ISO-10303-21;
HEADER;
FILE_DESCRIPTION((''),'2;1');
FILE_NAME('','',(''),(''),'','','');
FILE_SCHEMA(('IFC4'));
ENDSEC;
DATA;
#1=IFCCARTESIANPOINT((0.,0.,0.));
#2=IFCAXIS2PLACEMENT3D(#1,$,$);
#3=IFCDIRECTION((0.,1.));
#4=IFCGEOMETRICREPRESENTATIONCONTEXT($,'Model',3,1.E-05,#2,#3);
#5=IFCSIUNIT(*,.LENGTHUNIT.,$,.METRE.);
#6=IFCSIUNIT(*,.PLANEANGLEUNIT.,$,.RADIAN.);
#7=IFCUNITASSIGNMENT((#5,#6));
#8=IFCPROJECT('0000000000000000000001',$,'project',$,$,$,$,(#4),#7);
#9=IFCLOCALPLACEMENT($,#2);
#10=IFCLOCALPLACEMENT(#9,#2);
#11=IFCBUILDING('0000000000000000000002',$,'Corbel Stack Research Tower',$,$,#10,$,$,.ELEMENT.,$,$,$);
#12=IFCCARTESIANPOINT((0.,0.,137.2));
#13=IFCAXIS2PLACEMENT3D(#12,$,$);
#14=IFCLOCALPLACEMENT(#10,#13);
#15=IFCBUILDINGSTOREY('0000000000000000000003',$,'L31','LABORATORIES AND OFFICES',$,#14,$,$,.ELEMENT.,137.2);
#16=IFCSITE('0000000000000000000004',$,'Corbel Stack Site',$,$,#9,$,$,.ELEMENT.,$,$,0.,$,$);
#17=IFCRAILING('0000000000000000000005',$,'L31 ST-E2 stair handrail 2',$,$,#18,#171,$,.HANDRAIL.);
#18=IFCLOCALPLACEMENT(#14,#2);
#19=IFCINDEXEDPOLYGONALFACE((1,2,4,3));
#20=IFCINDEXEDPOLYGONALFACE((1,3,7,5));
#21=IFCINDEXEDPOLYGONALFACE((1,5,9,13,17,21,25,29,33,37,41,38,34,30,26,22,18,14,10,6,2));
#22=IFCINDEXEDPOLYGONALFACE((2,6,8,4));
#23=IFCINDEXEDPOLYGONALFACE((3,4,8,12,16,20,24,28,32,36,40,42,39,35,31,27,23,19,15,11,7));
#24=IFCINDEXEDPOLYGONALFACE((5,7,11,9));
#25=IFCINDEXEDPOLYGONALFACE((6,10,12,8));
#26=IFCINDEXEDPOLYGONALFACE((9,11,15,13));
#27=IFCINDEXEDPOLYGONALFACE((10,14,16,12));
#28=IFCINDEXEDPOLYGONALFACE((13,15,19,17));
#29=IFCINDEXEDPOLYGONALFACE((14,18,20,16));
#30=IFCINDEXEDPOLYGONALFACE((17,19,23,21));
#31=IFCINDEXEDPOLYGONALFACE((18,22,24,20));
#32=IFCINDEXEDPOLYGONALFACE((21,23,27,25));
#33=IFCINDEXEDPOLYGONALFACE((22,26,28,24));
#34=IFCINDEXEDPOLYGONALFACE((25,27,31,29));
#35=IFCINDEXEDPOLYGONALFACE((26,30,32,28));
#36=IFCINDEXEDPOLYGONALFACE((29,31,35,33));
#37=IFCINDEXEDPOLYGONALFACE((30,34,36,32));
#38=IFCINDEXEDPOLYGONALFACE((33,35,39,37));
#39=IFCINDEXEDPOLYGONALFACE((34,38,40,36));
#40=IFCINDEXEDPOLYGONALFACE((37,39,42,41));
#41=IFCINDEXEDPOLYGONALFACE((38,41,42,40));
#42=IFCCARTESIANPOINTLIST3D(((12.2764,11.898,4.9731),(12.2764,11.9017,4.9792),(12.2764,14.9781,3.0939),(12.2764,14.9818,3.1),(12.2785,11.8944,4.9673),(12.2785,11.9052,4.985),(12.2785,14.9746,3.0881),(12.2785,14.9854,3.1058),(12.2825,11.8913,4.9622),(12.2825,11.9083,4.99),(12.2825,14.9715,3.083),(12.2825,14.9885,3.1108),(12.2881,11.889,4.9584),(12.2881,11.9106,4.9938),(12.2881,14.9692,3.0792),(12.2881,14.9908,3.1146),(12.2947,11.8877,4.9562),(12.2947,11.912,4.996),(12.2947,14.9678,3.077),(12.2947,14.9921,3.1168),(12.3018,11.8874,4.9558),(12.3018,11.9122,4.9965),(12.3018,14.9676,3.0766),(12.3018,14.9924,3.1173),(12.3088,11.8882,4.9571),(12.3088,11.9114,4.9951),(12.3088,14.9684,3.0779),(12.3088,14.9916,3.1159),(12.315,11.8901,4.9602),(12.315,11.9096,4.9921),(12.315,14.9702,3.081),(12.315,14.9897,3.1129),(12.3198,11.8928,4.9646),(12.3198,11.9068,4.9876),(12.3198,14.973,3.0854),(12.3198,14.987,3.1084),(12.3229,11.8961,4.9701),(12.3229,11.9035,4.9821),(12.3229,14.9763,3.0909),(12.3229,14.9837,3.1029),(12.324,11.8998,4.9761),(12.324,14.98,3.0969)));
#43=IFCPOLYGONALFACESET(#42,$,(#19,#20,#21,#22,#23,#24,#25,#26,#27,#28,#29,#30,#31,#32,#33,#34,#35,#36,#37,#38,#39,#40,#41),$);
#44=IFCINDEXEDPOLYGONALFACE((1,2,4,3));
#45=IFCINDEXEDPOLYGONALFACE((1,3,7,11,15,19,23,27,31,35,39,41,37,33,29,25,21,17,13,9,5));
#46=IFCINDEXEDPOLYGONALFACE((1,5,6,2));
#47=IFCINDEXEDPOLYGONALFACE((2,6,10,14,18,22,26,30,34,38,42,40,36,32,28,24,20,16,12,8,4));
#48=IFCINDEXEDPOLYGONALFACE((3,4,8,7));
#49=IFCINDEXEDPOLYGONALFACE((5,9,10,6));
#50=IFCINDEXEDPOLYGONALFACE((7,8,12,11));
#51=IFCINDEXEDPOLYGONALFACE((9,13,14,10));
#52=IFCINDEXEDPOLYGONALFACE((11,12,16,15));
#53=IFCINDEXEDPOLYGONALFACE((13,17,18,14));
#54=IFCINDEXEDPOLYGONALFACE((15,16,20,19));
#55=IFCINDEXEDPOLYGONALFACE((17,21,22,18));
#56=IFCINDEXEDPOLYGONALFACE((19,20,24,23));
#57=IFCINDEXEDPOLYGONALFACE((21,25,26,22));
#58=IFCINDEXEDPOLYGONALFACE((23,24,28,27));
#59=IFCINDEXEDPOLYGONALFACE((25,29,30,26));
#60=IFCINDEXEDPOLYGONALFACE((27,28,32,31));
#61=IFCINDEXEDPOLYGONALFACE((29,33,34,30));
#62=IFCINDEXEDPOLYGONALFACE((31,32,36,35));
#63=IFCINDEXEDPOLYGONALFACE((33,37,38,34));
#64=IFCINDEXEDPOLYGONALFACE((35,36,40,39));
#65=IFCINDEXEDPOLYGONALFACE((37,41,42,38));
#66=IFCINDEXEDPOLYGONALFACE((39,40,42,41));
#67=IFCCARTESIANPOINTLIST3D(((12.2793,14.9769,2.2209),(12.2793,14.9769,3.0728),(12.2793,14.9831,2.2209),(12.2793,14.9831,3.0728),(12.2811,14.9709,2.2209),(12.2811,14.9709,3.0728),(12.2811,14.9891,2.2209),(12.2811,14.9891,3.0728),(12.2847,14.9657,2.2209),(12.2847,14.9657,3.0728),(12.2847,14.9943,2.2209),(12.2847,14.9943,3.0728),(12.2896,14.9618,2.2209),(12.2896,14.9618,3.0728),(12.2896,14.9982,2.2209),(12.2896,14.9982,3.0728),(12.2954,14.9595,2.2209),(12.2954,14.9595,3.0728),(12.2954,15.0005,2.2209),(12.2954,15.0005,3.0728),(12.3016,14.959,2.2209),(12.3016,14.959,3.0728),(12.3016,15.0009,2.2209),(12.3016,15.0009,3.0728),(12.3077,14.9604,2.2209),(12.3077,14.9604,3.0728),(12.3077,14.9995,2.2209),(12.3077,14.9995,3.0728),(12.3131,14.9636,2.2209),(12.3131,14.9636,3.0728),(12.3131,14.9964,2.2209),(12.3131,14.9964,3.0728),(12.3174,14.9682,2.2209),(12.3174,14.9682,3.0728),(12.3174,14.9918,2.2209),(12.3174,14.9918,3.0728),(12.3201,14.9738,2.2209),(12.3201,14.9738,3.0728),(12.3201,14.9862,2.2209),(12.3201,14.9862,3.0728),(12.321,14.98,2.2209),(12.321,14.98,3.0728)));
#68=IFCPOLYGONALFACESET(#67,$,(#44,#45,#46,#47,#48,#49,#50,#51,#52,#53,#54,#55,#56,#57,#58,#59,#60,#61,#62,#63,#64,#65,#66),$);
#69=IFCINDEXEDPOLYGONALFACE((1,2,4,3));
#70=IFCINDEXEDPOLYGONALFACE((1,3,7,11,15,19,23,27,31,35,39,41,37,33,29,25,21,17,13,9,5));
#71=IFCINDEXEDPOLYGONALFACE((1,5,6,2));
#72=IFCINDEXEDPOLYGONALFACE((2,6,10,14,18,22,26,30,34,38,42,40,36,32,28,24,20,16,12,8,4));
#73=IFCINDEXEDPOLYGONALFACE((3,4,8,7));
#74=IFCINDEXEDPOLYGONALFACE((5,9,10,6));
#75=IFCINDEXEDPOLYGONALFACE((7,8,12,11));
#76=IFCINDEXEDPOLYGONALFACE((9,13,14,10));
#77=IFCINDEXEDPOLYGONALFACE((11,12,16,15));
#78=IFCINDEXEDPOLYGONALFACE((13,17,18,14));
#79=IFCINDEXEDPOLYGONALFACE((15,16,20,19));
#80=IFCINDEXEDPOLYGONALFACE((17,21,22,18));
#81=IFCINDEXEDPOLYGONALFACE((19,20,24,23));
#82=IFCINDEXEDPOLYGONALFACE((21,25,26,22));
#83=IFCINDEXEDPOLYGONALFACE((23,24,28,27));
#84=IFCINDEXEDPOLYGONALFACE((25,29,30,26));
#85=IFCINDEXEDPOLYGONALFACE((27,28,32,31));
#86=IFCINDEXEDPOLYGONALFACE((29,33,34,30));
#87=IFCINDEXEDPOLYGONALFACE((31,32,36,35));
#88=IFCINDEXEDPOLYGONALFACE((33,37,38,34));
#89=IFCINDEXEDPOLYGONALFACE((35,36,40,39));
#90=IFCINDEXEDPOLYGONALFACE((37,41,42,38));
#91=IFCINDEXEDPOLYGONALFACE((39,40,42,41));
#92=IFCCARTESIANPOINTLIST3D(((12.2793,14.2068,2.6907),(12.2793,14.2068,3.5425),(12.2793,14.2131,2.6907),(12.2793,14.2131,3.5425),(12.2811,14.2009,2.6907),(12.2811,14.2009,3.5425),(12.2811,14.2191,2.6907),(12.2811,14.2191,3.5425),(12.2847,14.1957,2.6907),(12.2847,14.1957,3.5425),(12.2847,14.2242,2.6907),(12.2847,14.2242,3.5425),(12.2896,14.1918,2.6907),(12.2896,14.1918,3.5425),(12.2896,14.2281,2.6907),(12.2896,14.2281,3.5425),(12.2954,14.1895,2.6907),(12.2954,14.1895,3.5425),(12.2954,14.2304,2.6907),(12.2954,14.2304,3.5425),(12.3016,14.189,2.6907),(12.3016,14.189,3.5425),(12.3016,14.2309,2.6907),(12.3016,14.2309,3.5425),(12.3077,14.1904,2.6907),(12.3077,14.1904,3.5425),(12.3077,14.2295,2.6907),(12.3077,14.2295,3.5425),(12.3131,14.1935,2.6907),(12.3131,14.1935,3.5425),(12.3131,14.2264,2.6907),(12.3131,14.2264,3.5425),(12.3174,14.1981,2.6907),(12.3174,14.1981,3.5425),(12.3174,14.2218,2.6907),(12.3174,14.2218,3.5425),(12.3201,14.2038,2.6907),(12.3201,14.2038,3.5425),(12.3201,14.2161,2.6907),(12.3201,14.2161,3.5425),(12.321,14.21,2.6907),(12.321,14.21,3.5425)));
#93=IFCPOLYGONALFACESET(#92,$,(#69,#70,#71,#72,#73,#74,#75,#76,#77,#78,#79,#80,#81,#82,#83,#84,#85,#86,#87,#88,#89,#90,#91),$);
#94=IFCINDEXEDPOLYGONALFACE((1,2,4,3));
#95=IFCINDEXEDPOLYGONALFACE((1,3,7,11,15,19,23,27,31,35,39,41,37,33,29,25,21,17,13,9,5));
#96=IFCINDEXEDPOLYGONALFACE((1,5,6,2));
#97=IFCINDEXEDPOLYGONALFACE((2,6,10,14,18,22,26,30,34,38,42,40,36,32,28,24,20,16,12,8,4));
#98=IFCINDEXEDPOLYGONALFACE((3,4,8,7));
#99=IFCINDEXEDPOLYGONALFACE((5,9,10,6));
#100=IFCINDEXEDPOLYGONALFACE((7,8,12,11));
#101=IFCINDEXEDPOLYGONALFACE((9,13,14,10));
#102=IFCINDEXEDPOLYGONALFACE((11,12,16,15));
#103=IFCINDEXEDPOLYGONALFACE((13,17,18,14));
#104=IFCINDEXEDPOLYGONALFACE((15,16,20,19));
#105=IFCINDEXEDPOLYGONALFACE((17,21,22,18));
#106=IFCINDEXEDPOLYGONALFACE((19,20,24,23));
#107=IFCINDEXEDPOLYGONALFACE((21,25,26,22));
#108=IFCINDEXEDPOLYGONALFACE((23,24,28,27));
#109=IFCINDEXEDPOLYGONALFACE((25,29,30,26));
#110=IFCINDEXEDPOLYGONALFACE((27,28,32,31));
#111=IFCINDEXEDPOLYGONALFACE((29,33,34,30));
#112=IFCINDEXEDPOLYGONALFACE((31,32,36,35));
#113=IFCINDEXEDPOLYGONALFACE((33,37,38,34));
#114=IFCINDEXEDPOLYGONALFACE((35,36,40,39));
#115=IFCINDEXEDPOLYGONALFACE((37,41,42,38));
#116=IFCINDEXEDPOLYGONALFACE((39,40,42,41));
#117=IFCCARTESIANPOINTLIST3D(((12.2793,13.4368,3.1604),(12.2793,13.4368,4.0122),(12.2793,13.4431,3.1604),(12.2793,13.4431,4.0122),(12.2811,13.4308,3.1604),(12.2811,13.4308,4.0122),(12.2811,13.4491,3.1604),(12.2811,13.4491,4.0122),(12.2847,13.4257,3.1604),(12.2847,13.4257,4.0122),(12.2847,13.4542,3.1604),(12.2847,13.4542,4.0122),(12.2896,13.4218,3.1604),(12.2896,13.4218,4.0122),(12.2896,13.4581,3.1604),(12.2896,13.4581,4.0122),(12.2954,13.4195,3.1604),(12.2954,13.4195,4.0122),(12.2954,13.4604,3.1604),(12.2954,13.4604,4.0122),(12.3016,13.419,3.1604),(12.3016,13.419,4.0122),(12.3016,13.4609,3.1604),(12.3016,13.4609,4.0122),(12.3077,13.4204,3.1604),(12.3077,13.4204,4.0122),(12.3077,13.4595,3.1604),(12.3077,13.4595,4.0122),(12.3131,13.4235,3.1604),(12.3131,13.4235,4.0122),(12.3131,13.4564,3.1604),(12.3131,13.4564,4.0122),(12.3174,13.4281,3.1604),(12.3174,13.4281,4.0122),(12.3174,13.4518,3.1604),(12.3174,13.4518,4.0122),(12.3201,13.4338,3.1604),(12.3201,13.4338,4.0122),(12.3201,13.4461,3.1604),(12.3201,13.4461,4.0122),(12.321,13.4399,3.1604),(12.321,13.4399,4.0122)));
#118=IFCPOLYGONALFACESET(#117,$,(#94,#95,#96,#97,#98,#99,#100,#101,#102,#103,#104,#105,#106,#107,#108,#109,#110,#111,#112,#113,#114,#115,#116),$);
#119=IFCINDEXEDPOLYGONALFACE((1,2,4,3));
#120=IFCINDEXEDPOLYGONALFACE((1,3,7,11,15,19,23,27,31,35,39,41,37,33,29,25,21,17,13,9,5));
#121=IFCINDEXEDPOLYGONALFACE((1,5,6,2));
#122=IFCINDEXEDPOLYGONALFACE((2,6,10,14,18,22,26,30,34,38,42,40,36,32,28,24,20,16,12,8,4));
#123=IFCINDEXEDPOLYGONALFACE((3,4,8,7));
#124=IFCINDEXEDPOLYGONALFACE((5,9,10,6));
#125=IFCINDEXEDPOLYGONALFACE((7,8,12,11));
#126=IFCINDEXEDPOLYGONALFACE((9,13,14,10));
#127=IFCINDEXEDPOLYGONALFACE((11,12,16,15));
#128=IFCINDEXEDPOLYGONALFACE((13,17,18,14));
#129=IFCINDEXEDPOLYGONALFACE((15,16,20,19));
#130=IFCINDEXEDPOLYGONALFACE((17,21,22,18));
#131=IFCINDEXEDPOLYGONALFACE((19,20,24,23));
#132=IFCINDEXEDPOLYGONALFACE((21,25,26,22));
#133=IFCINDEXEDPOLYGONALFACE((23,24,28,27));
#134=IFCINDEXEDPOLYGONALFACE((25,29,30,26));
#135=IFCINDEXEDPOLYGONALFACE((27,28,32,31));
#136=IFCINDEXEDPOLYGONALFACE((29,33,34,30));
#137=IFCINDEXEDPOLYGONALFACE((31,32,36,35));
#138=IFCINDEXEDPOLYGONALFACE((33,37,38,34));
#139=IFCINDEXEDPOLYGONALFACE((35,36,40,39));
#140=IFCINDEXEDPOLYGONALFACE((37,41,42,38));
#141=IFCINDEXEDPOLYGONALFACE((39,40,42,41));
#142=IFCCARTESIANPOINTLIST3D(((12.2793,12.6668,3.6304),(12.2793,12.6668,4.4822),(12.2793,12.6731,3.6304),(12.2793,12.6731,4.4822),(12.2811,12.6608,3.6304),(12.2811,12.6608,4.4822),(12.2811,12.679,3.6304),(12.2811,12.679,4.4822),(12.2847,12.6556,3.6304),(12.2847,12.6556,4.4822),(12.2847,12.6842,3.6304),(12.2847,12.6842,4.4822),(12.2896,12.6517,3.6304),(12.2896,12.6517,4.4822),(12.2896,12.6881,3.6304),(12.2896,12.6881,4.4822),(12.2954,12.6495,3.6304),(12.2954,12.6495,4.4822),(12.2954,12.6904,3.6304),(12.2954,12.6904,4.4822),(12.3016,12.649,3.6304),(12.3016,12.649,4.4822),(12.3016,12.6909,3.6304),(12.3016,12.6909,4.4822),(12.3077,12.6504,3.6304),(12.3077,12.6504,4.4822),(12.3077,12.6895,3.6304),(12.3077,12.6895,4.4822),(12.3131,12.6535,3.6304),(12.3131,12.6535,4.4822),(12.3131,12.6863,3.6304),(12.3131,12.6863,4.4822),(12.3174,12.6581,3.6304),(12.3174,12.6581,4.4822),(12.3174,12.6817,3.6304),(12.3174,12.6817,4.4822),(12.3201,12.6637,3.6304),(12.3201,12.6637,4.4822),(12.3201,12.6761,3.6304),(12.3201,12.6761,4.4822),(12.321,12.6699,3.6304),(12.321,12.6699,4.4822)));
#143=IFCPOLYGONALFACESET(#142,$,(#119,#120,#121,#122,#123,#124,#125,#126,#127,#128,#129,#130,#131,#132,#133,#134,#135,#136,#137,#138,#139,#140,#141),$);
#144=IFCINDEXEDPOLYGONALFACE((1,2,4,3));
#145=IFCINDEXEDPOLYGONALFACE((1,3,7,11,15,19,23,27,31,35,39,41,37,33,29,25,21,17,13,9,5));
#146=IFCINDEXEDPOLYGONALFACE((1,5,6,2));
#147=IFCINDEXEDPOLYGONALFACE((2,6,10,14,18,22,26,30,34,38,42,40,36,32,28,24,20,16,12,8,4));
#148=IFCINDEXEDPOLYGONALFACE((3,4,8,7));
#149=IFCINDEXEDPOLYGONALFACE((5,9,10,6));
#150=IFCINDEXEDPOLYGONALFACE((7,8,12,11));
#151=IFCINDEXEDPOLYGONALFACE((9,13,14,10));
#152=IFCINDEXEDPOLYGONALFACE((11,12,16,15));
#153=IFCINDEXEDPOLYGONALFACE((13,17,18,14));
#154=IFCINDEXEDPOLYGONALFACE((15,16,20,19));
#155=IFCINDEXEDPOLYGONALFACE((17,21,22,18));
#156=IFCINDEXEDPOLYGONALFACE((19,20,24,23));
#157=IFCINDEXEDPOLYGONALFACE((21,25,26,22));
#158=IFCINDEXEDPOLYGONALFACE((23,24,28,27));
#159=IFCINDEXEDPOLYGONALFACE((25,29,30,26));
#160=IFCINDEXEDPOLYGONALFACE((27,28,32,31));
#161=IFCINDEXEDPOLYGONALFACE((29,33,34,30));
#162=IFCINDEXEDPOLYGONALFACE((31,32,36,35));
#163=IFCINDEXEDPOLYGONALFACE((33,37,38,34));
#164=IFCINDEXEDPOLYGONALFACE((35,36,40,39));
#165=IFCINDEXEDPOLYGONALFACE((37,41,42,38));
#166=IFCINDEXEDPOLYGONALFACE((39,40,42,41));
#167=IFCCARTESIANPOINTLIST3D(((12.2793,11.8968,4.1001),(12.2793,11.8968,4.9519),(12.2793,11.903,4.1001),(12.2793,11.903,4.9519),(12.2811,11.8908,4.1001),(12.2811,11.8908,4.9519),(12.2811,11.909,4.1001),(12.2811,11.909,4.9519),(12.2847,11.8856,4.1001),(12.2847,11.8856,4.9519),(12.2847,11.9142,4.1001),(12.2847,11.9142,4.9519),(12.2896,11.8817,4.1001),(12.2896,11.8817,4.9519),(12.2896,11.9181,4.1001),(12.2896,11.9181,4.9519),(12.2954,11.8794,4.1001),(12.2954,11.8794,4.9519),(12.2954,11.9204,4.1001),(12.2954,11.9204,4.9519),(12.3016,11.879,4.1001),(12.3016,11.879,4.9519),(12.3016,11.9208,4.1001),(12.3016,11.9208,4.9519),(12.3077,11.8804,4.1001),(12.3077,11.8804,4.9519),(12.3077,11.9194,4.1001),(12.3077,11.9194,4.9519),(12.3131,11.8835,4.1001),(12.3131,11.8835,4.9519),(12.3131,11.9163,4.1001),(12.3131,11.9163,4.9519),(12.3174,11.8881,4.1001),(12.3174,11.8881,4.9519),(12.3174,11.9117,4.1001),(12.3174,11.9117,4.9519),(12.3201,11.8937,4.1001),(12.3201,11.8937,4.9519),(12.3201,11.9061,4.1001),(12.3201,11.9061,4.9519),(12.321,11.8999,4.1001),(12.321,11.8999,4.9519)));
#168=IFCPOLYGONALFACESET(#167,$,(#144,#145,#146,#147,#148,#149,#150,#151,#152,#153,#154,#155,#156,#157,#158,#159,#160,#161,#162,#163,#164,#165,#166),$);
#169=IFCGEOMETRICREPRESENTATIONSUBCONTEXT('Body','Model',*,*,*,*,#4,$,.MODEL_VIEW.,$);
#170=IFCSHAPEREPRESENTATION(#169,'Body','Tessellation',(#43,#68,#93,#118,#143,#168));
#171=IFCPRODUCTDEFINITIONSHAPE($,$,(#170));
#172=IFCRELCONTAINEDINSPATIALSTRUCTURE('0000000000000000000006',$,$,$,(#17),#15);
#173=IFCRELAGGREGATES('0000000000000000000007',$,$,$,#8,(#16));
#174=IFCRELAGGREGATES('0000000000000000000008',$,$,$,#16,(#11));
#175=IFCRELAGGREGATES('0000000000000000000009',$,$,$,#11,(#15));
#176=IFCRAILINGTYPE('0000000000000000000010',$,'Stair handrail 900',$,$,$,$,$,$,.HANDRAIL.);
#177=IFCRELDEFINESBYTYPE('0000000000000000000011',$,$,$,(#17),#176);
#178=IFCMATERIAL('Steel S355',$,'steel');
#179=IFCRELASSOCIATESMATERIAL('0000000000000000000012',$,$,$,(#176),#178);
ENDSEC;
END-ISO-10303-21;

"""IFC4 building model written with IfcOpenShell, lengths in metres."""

from ifc_helpers import new_model, si_unit, direction, frame, origin, origin_2d, place, context, subcontext, project, spatial, circle, extrude, material, type_object, element, save


model = new_model("IFC4")

# Units and contexts
model_context = context("Model", 3, precision=1e-05, world=origin(), true_north=direction((0.0, 1.0)))
body_context = subcontext(model_context, "Body", "Model", "MODEL_VIEW")
ifc_project = project(units=[si_unit("LENGTHUNIT", "METRE"), si_unit("PLANEANGLEUNIT", "RADIAN")], contexts=[model_context])

# Site, building, storey
site_placement = place(None, origin())
site = spatial("IfcSite", under=ifc_project, at=site_placement, Name="Corbel Stack Site", CompositionType="ELEMENT", RefElevation=0.0)
building_placement = place(site_placement, origin())
building = spatial("IfcBuilding", under=site, at=building_placement, Name="Corbel Stack Research Tower", CompositionType="ELEMENT")
storey_placement = place(building_placement, frame((0.0, 0.0, 137.2)))
storey = spatial("IfcBuildingStorey", under=building, at=storey_placement, Name="L31", Description="LABORATORIES AND OFFICES", CompositionType="ELEMENT", Elevation=137.2)

# Railing
ifc_material_1 = material(Name="Steel S355", Category="steel")
railing_type_1 = type_object("IfcRailingType", Name="Stair handrail 900", PredefinedType="HANDRAIL", material=ifc_material_1)
railing_1_placement = place(storey_placement, frame((12.3, 14.98, 2.2209)))
element("IfcRailing", 1, at=railing_1_placement, inside=storey, type_object=railing_type_1, Name="L31 ST-E2 stair handrail 2", PredefinedType="HANDRAIL", context=body_context, shape_type="SweptSolid", body=[
    extrude(circle(Radius=0.0239, at=origin_2d()), frame((0.0, 0.0, 0.876), z_axis=(0.0, -0.853666, 0.52082), x_axis=(1.0, 0.0, 0.0)), (0.0, 0.0, 1.0), 3.6082),
    extrude(circle(Radius=0.021, at=origin_2d()), origin(), (0.0, 0.0, 1.0), 0.8518),
    extrude(circle(Radius=0.021, at=origin_2d()), frame((0.0, -0.77, 0.4697)), (0.0, 0.0, 1.0), 0.8518),
    extrude(circle(Radius=0.021, at=origin_2d()), frame((0.0, -1.54, 0.9395)), (0.0, 0.0, 1.0), 0.8518),
    extrude(circle(Radius=0.021, at=origin_2d()), frame((0.0, -2.3101, 1.4094)), (0.0, 0.0, 1.0), 0.8518),
    extrude(circle(Radius=0.021, at=origin_2d()), frame((0.0, -3.0801, 1.8792)), (0.0, 0.0, 1.0), 0.8518),
])

save(model, "model.ifc")
